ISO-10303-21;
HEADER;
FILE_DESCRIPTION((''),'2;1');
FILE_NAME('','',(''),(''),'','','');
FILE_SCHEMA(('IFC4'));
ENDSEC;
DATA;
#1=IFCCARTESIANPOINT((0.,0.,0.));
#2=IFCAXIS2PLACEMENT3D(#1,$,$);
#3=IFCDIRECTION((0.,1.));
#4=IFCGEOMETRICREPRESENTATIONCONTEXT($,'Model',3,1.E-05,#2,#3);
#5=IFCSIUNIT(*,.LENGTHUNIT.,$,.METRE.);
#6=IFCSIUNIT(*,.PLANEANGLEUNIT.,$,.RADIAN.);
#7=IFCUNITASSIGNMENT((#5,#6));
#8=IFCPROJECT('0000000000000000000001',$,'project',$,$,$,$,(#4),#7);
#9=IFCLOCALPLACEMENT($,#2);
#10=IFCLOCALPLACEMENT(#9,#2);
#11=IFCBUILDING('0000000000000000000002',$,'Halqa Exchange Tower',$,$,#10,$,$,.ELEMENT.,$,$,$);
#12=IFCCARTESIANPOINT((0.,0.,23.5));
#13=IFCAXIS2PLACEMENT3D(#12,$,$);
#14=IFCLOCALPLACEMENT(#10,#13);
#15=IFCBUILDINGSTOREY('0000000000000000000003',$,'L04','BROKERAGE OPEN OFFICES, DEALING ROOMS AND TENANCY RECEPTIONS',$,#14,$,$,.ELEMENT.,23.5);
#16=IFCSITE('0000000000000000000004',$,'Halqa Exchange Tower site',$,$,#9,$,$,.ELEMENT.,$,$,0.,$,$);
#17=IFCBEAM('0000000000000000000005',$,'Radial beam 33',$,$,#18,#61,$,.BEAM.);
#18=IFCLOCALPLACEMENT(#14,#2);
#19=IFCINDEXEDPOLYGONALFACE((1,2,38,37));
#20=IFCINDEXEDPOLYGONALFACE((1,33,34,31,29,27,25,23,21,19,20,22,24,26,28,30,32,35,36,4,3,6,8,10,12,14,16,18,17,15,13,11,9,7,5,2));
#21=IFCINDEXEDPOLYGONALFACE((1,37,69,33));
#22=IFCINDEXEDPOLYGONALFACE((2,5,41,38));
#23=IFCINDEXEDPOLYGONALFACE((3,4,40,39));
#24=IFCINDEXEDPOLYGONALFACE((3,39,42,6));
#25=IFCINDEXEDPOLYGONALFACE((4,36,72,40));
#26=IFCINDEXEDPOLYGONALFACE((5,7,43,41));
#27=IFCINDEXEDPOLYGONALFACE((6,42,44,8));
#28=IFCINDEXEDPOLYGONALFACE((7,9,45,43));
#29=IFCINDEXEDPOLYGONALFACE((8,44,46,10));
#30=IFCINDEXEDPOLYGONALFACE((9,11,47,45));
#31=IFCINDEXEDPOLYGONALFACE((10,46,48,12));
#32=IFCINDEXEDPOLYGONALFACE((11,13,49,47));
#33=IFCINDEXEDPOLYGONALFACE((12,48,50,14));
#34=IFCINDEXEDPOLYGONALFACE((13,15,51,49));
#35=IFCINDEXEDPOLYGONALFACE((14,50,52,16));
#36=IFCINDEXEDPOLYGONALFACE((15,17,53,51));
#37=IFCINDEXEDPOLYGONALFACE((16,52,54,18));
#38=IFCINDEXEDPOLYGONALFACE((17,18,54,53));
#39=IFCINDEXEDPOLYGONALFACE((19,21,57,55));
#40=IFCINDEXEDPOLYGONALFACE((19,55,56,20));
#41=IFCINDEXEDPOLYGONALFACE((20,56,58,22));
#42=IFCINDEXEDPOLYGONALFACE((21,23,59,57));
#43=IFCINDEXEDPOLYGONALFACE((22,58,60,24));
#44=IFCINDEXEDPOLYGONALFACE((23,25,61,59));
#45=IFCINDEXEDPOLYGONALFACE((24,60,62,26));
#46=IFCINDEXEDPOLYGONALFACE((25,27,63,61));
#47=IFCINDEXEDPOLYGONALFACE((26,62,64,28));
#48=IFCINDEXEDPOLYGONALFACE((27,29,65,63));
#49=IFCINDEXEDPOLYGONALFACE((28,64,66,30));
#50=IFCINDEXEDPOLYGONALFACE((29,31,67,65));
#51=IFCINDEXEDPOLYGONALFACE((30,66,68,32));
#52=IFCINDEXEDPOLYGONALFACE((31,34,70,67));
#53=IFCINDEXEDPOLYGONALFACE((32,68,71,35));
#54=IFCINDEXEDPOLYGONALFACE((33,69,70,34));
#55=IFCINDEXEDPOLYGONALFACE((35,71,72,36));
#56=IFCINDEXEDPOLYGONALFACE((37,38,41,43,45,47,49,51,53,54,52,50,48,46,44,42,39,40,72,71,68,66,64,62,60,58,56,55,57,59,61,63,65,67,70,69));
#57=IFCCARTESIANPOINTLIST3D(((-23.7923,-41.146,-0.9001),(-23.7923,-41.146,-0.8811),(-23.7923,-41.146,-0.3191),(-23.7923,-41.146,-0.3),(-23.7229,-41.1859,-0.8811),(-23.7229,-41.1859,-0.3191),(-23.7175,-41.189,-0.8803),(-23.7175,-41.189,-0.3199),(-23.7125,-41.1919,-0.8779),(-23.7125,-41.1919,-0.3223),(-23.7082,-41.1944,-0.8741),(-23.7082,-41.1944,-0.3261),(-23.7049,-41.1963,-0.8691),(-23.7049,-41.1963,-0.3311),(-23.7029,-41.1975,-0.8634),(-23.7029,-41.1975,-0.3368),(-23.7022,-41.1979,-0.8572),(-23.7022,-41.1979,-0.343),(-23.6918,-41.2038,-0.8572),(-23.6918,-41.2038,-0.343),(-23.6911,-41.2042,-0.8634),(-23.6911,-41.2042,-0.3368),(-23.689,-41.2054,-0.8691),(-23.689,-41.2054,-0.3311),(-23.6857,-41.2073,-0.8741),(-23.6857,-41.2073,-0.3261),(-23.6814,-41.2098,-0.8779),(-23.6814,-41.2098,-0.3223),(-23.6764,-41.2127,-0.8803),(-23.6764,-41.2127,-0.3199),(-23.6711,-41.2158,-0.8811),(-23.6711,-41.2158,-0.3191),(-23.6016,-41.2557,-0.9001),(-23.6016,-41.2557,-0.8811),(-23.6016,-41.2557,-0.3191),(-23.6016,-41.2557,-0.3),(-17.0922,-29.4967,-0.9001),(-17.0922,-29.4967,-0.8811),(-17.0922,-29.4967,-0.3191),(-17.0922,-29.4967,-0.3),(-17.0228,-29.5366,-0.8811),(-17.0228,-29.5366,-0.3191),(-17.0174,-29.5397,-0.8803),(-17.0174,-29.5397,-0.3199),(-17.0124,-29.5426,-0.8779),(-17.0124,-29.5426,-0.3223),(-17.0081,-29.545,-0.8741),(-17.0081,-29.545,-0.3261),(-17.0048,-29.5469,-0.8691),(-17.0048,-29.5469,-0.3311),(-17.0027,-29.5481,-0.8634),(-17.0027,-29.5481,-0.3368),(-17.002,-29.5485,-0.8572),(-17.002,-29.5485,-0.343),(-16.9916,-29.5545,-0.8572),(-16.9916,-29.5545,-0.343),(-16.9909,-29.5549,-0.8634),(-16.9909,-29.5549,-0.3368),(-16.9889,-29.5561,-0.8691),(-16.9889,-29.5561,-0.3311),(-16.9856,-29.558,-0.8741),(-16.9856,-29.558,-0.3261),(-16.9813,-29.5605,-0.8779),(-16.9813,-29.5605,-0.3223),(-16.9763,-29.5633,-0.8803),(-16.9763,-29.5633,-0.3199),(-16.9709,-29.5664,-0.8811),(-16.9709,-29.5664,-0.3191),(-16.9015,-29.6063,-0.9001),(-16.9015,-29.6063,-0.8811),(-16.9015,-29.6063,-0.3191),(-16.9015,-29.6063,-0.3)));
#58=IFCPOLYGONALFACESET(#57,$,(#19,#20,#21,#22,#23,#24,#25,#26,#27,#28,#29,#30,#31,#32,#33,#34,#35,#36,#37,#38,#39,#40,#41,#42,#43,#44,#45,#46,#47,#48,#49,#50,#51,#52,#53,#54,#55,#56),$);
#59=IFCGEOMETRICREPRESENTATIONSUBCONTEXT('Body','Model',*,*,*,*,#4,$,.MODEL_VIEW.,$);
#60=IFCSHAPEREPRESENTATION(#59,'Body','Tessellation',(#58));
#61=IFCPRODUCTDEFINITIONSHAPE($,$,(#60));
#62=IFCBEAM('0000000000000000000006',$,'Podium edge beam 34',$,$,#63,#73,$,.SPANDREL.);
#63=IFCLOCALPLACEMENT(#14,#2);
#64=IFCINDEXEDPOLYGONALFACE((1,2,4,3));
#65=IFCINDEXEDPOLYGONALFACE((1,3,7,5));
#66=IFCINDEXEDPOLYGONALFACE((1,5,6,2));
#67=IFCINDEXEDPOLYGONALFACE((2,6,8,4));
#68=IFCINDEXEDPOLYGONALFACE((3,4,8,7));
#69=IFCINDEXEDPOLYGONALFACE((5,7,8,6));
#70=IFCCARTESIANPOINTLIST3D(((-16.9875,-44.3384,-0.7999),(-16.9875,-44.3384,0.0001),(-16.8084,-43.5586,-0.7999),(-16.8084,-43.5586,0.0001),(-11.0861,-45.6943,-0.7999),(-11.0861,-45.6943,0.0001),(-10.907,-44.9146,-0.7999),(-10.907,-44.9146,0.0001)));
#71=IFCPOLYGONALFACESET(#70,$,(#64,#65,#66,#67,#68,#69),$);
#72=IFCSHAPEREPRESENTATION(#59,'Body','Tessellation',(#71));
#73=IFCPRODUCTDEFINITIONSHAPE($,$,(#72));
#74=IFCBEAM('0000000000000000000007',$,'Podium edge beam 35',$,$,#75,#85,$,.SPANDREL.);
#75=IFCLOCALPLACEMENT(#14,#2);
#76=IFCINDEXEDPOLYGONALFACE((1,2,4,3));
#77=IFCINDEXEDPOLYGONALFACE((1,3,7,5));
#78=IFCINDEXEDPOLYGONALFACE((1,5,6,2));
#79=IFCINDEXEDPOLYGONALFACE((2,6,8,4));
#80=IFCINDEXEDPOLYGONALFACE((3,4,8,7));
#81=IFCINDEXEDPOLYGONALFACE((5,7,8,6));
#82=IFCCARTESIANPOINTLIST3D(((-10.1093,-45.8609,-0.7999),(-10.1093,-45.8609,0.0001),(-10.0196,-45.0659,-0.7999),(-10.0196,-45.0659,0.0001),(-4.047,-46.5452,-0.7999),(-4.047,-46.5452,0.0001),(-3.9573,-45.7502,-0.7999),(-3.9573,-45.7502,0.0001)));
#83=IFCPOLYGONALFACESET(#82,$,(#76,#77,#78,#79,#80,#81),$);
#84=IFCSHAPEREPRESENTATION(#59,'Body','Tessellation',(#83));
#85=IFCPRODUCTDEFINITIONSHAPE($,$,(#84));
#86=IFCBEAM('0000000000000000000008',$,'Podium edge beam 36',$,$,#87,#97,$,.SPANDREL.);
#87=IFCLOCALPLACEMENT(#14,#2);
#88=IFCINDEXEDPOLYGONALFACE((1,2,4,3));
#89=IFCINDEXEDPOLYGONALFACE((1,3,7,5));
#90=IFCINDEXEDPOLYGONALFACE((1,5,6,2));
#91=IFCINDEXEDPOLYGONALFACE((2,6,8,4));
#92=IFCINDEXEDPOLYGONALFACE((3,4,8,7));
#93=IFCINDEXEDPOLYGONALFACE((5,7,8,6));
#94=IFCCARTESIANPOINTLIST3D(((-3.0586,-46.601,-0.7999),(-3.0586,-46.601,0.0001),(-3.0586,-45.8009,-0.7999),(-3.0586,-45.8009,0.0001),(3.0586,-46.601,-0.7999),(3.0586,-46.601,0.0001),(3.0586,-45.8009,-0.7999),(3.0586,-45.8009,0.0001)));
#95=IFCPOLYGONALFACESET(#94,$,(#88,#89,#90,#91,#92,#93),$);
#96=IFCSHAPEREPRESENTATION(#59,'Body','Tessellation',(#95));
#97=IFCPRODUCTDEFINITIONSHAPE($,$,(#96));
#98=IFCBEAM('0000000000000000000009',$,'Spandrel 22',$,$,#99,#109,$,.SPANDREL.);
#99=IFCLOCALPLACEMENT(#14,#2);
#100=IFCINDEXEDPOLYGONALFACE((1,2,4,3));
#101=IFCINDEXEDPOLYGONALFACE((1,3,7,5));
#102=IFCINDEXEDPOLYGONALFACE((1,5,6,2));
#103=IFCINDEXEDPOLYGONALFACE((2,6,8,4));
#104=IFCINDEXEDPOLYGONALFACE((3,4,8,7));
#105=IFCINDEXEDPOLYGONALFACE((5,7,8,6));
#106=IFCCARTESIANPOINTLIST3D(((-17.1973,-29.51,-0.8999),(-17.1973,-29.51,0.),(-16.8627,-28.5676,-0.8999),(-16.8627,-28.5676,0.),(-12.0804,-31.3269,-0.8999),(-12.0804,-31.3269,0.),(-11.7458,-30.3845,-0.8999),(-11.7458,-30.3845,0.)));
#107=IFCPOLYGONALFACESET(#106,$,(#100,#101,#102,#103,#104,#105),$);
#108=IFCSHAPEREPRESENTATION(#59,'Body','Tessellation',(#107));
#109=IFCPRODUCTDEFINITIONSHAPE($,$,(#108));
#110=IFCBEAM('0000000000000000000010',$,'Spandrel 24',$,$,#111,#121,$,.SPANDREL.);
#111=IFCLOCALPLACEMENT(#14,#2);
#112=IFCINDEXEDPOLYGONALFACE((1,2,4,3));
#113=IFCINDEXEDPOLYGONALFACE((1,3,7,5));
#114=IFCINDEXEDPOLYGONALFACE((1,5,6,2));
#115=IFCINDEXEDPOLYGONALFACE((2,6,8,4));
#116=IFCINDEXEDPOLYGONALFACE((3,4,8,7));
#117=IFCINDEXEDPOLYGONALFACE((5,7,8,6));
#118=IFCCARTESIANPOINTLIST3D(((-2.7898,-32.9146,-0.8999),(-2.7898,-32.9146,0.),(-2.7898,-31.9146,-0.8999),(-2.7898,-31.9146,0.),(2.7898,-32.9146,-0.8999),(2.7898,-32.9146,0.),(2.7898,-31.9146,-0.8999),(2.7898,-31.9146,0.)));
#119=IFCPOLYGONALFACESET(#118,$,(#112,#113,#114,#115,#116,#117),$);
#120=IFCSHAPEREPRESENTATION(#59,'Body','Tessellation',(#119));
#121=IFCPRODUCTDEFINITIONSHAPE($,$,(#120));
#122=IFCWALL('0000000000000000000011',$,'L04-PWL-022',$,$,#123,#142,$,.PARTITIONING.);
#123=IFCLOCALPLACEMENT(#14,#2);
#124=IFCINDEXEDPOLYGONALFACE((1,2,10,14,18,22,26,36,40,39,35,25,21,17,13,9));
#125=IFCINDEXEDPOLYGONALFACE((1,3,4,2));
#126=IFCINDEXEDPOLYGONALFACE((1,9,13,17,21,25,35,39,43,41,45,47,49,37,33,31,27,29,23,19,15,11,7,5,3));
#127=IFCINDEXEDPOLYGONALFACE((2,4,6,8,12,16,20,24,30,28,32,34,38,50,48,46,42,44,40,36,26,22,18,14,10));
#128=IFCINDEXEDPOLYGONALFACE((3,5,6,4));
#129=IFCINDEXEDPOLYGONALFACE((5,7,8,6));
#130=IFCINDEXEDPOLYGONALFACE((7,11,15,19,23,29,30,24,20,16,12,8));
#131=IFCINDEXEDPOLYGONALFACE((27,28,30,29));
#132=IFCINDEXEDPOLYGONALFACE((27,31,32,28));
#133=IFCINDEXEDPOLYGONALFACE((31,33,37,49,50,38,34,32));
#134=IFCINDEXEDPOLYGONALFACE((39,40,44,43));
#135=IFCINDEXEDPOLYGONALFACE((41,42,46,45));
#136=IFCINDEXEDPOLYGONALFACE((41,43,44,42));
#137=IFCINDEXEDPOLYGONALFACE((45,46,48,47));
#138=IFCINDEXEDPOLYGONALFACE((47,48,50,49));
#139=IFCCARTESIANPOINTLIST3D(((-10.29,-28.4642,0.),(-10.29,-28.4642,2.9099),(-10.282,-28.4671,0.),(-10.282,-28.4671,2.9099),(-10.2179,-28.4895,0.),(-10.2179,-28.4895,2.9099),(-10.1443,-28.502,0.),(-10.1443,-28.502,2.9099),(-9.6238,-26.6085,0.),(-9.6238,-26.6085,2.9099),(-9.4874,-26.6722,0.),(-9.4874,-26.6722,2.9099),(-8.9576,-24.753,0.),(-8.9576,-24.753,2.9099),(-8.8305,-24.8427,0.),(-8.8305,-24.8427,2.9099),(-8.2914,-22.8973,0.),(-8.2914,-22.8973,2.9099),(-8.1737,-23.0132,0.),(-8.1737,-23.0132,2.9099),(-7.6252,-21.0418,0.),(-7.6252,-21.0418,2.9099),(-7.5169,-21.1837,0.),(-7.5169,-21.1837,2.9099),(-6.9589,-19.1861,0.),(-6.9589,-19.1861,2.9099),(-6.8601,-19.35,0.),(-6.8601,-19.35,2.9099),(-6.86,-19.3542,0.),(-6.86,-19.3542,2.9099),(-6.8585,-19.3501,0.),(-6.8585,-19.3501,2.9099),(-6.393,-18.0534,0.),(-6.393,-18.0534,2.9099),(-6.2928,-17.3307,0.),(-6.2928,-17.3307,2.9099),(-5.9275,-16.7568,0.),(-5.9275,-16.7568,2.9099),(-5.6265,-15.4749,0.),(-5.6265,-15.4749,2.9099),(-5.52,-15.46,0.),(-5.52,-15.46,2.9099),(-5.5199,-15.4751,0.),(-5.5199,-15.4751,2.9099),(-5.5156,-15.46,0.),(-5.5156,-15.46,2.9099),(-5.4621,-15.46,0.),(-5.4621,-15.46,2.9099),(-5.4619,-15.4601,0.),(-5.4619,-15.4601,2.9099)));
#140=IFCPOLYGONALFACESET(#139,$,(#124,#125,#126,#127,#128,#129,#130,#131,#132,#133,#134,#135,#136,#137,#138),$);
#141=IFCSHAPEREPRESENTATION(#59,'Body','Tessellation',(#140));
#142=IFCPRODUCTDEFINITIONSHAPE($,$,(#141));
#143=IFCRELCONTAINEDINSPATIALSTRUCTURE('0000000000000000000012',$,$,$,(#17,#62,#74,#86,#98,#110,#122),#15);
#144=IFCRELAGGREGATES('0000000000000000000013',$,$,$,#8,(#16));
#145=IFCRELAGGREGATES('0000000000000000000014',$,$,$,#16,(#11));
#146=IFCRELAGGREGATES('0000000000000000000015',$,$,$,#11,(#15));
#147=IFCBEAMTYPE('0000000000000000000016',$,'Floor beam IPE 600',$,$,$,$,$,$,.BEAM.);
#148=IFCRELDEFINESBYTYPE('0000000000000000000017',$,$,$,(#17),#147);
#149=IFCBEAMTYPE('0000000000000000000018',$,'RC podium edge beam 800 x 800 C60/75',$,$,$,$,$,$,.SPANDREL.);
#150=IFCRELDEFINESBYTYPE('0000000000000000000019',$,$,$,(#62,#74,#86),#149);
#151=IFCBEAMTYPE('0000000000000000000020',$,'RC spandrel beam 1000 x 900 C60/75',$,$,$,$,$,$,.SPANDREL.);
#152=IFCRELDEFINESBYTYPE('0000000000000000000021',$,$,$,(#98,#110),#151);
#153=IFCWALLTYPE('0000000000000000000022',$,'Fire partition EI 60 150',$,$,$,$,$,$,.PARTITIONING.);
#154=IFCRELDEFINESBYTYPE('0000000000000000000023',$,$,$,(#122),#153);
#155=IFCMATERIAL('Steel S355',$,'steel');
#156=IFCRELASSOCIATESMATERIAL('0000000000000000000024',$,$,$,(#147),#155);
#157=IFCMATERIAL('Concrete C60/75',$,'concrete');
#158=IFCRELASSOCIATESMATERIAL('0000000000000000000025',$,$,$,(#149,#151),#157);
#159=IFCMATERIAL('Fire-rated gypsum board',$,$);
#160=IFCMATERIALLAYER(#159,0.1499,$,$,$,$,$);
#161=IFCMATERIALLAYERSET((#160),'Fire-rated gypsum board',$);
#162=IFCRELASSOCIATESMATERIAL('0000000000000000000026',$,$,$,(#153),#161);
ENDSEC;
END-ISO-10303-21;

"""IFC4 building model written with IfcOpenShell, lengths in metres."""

from ifc_helpers import new_model, si_unit, direction, frame, origin, origin_2d, place, context, subcontext, project, spatial, polyline, rectangle, i_section, outline, extrude, material, layer, layer_set, material_profile, profile_set, type_object, element, save


model = new_model("IFC4")

# Units and contexts
model_context = context("Model", 3, precision=1e-05, world=origin(), true_north=direction((0.0, 1.0)))
body_context = subcontext(model_context, "Body", "Model", "MODEL_VIEW")
ifc_project = project(units=[si_unit("LENGTHUNIT", "METRE"), si_unit("PLANEANGLEUNIT", "RADIAN")], contexts=[model_context])

# Site, building, storey
site_placement = place(None, origin())
site = spatial("IfcSite", under=ifc_project, at=site_placement, Name="Halqa Exchange Tower site", CompositionType="ELEMENT", RefElevation=0.0)
building_placement = place(site_placement, origin())
building = spatial("IfcBuilding", under=site, at=building_placement, Name="Halqa Exchange Tower", CompositionType="ELEMENT")
storey_placement = place(building_placement, frame((0.0, 0.0, 23.5)))
storey = spatial("IfcBuildingStorey", under=building, at=storey_placement, Name="L04", Description="BROKERAGE OPEN OFFICES, DEALING ROOMS AND TENANCY RECEPTIONS", CompositionType="ELEMENT", Elevation=23.5)

# Beams
ifc_material_1 = material(Name="Steel S355", Category="steel")
ifc_material_profile_1 = material_profile(ifc_material_1, i_section(OverallWidth=0.22, OverallDepth=0.6001, WebThickness=0.012, FlangeThickness=0.019, FilletRadius=0.0239, at=origin_2d()), Name="IPE 600")
ifc_profile_set_1 = profile_set([ifc_material_profile_1], Name="Steel S355")
beam_type_1 = type_object("IfcBeamType", Name="Floor beam IPE 600", PredefinedType="BEAM", material=ifc_profile_set_1)
beam_1_placement = place(storey_placement, frame((-16.9968, -29.5515, -0.6001), z_axis=(-0.498571, -0.866849, 0.0), x_axis=(0.866849, -0.498571, 0.0)))
element("IfcBeam", 1, at=beam_1_placement, inside=storey, type_object=beam_type_1, Name="Radial beam 33", PredefinedType="BEAM", context=body_context, shape_type="SweptSolid", body=[
    extrude(i_section(OverallWidth=0.22, OverallDepth=0.6001, WebThickness=0.012, FlangeThickness=0.019, FilletRadius=0.0239, at=origin_2d()), origin(), (0.0, 0.0, 1.0), 13.4387),
])
ifc_material_2 = material(Name="Concrete C60/75", Category="concrete")
ifc_material_profile_2 = material_profile(ifc_material_2, rectangle(XDim=0.8, YDim=0.8, at=origin_2d()), Name="800 x 800")
ifc_profile_set_2 = profile_set([ifc_material_profile_2], Name="Concrete C60/75")
beam_type_2 = type_object("IfcBeamType", Name="RC podium edge beam 800 x 800 C60/75", PredefinedType="SPANDREL", material=ifc_profile_set_2)
beam_2_placement = place(storey_placement, frame((-16.8979, -43.9485, -0.3999), z_axis=(0.974604, -0.223935, 0.0), x_axis=(0.223935, 0.974604, 0.0)))
element("IfcBeam", 2, at=beam_2_placement, inside=storey, type_object=beam_type_2, Name="Podium edge beam 34", PredefinedType="SPANDREL", context=body_context, shape_type="SweptSolid", body=[
    extrude(rectangle(XDim=0.8, YDim=0.8, at=origin_2d()), origin(), (0.0, 0.0, 1.0), 6.0552),
])
beam_3_placement = place(storey_placement, frame((-10.0645, -45.4634, -0.3999), z_axis=(0.993689, -0.112171, 0.0), x_axis=(0.112171, 0.993689, 0.0)))
element("IfcBeam", 3, at=beam_3_placement, inside=storey, type_object=beam_type_2, Name="Podium edge beam 35", PredefinedType="SPANDREL", context=body_context, shape_type="SweptSolid", body=[
    extrude(rectangle(XDim=0.8, YDim=0.8, at=origin_2d()), origin(), (0.0, 0.0, 1.0), 6.1008),
])
beam_4_placement = place(storey_placement, frame((-3.0586, -46.2009, -0.3999), z_axis=(1.0, 0.0, 0.0), x_axis=(0.0, 1.0, 0.0)))
element("IfcBeam", 4, at=beam_4_placement, inside=storey, type_object=beam_type_2, Name="Podium edge beam 36", PredefinedType="SPANDREL", context=body_context, shape_type="SweptSolid", body=[
    extrude(rectangle(XDim=0.8, YDim=0.8, at=origin_2d()), origin(), (0.0, 0.0, 1.0), 6.1172),
])
ifc_material_profile_3 = material_profile(ifc_material_2, rectangle(XDim=1.0, YDim=0.8999, at=origin_2d()), Name="1000 x 900")
ifc_profile_set_3 = profile_set([ifc_material_profile_3], Name="Concrete C60/75")
beam_type_3 = type_object("IfcBeamType", Name="RC spandrel beam 1000 x 900 C60/75", PredefinedType="SPANDREL", material=ifc_profile_set_3)
beam_5_placement = place(storey_placement, frame((-17.03, -29.0388, -0.45), z_axis=(0.942358, -0.334607, 0.0), x_axis=(0.334607, 0.942358, 0.0)))
element("IfcBeam", 5, at=beam_5_placement, inside=storey, type_object=beam_type_3, Name="Spandrel 22", PredefinedType="SPANDREL", context=body_context, shape_type="SweptSolid", body=[
    extrude(rectangle(XDim=1.0, YDim=0.8999, at=origin_2d()), origin(), (0.0, 0.0, 1.0), 5.4299),
])
beam_6_placement = place(storey_placement, frame((-2.7898, -32.4146, -0.45), z_axis=(1.0, 0.0, 0.0), x_axis=(0.0, 1.0, 0.0)))
element("IfcBeam", 6, at=beam_6_placement, inside=storey, type_object=beam_type_3, Name="Spandrel 24", PredefinedType="SPANDREL", context=body_context, shape_type="SweptSolid", body=[
    extrude(rectangle(XDim=1.0, YDim=0.8999, at=origin_2d()), origin(), (0.0, 0.0, 1.0), 5.5796),
])

# Wall
ifc_material_3 = material(Name="Fire-rated gypsum board")
ifc_layer_1 = layer(ifc_material_3, 0.1499)
ifc_layer_set_1 = layer_set([ifc_layer_1], Name="Fire-rated gypsum board")
wall_type_1 = type_object("IfcWallType", Name="Fire partition EI 60 150", PredefinedType="PARTITIONING", material=ifc_layer_set_1)
wall_1_placement = place(storey_placement, frame((-10.2195, -28.4895, 0.0), z_axis=(0.0, 0.0, 1.0), x_axis=(0.33791, 0.941178, 0.0)))
element("IfcWall", 7, at=wall_1_placement, inside=storey, type_object=wall_type_1, Name="L04-PWL-022", PredefinedType="PARTITIONING", context=body_context, shape_type="SweptSolid", body=[
    extrude(outline(polyline([(0.0137, -0.075), (1.9578, -0.075), (3.9016, -0.075), (5.8455, -0.075), (7.7893, -0.075), (9.7332, -0.075), (9.7371, -0.0735), (9.7375, -0.075), (11.1152, -0.075), (12.4929, -0.075), (13.8706, -0.075), (13.8706, -0.0747), (13.8525, -0.0244), (13.8525, -0.0244), (13.8511, -0.0203), (13.8369, -0.0254), (13.801, 0.075), (11.8293, 0.075), (9.8579, 0.075), (7.8862, 0.075), (5.9148, 0.075), (3.9431, 0.075), (1.9717, 0.075), (0.0, 0.075), (0.0, 0.0664), (0.0005, -0.0015), (0.0137, -0.075)])), origin(), (0.0, 0.0, 1.0), 2.9099),
])

save(model, "model.ifc")
